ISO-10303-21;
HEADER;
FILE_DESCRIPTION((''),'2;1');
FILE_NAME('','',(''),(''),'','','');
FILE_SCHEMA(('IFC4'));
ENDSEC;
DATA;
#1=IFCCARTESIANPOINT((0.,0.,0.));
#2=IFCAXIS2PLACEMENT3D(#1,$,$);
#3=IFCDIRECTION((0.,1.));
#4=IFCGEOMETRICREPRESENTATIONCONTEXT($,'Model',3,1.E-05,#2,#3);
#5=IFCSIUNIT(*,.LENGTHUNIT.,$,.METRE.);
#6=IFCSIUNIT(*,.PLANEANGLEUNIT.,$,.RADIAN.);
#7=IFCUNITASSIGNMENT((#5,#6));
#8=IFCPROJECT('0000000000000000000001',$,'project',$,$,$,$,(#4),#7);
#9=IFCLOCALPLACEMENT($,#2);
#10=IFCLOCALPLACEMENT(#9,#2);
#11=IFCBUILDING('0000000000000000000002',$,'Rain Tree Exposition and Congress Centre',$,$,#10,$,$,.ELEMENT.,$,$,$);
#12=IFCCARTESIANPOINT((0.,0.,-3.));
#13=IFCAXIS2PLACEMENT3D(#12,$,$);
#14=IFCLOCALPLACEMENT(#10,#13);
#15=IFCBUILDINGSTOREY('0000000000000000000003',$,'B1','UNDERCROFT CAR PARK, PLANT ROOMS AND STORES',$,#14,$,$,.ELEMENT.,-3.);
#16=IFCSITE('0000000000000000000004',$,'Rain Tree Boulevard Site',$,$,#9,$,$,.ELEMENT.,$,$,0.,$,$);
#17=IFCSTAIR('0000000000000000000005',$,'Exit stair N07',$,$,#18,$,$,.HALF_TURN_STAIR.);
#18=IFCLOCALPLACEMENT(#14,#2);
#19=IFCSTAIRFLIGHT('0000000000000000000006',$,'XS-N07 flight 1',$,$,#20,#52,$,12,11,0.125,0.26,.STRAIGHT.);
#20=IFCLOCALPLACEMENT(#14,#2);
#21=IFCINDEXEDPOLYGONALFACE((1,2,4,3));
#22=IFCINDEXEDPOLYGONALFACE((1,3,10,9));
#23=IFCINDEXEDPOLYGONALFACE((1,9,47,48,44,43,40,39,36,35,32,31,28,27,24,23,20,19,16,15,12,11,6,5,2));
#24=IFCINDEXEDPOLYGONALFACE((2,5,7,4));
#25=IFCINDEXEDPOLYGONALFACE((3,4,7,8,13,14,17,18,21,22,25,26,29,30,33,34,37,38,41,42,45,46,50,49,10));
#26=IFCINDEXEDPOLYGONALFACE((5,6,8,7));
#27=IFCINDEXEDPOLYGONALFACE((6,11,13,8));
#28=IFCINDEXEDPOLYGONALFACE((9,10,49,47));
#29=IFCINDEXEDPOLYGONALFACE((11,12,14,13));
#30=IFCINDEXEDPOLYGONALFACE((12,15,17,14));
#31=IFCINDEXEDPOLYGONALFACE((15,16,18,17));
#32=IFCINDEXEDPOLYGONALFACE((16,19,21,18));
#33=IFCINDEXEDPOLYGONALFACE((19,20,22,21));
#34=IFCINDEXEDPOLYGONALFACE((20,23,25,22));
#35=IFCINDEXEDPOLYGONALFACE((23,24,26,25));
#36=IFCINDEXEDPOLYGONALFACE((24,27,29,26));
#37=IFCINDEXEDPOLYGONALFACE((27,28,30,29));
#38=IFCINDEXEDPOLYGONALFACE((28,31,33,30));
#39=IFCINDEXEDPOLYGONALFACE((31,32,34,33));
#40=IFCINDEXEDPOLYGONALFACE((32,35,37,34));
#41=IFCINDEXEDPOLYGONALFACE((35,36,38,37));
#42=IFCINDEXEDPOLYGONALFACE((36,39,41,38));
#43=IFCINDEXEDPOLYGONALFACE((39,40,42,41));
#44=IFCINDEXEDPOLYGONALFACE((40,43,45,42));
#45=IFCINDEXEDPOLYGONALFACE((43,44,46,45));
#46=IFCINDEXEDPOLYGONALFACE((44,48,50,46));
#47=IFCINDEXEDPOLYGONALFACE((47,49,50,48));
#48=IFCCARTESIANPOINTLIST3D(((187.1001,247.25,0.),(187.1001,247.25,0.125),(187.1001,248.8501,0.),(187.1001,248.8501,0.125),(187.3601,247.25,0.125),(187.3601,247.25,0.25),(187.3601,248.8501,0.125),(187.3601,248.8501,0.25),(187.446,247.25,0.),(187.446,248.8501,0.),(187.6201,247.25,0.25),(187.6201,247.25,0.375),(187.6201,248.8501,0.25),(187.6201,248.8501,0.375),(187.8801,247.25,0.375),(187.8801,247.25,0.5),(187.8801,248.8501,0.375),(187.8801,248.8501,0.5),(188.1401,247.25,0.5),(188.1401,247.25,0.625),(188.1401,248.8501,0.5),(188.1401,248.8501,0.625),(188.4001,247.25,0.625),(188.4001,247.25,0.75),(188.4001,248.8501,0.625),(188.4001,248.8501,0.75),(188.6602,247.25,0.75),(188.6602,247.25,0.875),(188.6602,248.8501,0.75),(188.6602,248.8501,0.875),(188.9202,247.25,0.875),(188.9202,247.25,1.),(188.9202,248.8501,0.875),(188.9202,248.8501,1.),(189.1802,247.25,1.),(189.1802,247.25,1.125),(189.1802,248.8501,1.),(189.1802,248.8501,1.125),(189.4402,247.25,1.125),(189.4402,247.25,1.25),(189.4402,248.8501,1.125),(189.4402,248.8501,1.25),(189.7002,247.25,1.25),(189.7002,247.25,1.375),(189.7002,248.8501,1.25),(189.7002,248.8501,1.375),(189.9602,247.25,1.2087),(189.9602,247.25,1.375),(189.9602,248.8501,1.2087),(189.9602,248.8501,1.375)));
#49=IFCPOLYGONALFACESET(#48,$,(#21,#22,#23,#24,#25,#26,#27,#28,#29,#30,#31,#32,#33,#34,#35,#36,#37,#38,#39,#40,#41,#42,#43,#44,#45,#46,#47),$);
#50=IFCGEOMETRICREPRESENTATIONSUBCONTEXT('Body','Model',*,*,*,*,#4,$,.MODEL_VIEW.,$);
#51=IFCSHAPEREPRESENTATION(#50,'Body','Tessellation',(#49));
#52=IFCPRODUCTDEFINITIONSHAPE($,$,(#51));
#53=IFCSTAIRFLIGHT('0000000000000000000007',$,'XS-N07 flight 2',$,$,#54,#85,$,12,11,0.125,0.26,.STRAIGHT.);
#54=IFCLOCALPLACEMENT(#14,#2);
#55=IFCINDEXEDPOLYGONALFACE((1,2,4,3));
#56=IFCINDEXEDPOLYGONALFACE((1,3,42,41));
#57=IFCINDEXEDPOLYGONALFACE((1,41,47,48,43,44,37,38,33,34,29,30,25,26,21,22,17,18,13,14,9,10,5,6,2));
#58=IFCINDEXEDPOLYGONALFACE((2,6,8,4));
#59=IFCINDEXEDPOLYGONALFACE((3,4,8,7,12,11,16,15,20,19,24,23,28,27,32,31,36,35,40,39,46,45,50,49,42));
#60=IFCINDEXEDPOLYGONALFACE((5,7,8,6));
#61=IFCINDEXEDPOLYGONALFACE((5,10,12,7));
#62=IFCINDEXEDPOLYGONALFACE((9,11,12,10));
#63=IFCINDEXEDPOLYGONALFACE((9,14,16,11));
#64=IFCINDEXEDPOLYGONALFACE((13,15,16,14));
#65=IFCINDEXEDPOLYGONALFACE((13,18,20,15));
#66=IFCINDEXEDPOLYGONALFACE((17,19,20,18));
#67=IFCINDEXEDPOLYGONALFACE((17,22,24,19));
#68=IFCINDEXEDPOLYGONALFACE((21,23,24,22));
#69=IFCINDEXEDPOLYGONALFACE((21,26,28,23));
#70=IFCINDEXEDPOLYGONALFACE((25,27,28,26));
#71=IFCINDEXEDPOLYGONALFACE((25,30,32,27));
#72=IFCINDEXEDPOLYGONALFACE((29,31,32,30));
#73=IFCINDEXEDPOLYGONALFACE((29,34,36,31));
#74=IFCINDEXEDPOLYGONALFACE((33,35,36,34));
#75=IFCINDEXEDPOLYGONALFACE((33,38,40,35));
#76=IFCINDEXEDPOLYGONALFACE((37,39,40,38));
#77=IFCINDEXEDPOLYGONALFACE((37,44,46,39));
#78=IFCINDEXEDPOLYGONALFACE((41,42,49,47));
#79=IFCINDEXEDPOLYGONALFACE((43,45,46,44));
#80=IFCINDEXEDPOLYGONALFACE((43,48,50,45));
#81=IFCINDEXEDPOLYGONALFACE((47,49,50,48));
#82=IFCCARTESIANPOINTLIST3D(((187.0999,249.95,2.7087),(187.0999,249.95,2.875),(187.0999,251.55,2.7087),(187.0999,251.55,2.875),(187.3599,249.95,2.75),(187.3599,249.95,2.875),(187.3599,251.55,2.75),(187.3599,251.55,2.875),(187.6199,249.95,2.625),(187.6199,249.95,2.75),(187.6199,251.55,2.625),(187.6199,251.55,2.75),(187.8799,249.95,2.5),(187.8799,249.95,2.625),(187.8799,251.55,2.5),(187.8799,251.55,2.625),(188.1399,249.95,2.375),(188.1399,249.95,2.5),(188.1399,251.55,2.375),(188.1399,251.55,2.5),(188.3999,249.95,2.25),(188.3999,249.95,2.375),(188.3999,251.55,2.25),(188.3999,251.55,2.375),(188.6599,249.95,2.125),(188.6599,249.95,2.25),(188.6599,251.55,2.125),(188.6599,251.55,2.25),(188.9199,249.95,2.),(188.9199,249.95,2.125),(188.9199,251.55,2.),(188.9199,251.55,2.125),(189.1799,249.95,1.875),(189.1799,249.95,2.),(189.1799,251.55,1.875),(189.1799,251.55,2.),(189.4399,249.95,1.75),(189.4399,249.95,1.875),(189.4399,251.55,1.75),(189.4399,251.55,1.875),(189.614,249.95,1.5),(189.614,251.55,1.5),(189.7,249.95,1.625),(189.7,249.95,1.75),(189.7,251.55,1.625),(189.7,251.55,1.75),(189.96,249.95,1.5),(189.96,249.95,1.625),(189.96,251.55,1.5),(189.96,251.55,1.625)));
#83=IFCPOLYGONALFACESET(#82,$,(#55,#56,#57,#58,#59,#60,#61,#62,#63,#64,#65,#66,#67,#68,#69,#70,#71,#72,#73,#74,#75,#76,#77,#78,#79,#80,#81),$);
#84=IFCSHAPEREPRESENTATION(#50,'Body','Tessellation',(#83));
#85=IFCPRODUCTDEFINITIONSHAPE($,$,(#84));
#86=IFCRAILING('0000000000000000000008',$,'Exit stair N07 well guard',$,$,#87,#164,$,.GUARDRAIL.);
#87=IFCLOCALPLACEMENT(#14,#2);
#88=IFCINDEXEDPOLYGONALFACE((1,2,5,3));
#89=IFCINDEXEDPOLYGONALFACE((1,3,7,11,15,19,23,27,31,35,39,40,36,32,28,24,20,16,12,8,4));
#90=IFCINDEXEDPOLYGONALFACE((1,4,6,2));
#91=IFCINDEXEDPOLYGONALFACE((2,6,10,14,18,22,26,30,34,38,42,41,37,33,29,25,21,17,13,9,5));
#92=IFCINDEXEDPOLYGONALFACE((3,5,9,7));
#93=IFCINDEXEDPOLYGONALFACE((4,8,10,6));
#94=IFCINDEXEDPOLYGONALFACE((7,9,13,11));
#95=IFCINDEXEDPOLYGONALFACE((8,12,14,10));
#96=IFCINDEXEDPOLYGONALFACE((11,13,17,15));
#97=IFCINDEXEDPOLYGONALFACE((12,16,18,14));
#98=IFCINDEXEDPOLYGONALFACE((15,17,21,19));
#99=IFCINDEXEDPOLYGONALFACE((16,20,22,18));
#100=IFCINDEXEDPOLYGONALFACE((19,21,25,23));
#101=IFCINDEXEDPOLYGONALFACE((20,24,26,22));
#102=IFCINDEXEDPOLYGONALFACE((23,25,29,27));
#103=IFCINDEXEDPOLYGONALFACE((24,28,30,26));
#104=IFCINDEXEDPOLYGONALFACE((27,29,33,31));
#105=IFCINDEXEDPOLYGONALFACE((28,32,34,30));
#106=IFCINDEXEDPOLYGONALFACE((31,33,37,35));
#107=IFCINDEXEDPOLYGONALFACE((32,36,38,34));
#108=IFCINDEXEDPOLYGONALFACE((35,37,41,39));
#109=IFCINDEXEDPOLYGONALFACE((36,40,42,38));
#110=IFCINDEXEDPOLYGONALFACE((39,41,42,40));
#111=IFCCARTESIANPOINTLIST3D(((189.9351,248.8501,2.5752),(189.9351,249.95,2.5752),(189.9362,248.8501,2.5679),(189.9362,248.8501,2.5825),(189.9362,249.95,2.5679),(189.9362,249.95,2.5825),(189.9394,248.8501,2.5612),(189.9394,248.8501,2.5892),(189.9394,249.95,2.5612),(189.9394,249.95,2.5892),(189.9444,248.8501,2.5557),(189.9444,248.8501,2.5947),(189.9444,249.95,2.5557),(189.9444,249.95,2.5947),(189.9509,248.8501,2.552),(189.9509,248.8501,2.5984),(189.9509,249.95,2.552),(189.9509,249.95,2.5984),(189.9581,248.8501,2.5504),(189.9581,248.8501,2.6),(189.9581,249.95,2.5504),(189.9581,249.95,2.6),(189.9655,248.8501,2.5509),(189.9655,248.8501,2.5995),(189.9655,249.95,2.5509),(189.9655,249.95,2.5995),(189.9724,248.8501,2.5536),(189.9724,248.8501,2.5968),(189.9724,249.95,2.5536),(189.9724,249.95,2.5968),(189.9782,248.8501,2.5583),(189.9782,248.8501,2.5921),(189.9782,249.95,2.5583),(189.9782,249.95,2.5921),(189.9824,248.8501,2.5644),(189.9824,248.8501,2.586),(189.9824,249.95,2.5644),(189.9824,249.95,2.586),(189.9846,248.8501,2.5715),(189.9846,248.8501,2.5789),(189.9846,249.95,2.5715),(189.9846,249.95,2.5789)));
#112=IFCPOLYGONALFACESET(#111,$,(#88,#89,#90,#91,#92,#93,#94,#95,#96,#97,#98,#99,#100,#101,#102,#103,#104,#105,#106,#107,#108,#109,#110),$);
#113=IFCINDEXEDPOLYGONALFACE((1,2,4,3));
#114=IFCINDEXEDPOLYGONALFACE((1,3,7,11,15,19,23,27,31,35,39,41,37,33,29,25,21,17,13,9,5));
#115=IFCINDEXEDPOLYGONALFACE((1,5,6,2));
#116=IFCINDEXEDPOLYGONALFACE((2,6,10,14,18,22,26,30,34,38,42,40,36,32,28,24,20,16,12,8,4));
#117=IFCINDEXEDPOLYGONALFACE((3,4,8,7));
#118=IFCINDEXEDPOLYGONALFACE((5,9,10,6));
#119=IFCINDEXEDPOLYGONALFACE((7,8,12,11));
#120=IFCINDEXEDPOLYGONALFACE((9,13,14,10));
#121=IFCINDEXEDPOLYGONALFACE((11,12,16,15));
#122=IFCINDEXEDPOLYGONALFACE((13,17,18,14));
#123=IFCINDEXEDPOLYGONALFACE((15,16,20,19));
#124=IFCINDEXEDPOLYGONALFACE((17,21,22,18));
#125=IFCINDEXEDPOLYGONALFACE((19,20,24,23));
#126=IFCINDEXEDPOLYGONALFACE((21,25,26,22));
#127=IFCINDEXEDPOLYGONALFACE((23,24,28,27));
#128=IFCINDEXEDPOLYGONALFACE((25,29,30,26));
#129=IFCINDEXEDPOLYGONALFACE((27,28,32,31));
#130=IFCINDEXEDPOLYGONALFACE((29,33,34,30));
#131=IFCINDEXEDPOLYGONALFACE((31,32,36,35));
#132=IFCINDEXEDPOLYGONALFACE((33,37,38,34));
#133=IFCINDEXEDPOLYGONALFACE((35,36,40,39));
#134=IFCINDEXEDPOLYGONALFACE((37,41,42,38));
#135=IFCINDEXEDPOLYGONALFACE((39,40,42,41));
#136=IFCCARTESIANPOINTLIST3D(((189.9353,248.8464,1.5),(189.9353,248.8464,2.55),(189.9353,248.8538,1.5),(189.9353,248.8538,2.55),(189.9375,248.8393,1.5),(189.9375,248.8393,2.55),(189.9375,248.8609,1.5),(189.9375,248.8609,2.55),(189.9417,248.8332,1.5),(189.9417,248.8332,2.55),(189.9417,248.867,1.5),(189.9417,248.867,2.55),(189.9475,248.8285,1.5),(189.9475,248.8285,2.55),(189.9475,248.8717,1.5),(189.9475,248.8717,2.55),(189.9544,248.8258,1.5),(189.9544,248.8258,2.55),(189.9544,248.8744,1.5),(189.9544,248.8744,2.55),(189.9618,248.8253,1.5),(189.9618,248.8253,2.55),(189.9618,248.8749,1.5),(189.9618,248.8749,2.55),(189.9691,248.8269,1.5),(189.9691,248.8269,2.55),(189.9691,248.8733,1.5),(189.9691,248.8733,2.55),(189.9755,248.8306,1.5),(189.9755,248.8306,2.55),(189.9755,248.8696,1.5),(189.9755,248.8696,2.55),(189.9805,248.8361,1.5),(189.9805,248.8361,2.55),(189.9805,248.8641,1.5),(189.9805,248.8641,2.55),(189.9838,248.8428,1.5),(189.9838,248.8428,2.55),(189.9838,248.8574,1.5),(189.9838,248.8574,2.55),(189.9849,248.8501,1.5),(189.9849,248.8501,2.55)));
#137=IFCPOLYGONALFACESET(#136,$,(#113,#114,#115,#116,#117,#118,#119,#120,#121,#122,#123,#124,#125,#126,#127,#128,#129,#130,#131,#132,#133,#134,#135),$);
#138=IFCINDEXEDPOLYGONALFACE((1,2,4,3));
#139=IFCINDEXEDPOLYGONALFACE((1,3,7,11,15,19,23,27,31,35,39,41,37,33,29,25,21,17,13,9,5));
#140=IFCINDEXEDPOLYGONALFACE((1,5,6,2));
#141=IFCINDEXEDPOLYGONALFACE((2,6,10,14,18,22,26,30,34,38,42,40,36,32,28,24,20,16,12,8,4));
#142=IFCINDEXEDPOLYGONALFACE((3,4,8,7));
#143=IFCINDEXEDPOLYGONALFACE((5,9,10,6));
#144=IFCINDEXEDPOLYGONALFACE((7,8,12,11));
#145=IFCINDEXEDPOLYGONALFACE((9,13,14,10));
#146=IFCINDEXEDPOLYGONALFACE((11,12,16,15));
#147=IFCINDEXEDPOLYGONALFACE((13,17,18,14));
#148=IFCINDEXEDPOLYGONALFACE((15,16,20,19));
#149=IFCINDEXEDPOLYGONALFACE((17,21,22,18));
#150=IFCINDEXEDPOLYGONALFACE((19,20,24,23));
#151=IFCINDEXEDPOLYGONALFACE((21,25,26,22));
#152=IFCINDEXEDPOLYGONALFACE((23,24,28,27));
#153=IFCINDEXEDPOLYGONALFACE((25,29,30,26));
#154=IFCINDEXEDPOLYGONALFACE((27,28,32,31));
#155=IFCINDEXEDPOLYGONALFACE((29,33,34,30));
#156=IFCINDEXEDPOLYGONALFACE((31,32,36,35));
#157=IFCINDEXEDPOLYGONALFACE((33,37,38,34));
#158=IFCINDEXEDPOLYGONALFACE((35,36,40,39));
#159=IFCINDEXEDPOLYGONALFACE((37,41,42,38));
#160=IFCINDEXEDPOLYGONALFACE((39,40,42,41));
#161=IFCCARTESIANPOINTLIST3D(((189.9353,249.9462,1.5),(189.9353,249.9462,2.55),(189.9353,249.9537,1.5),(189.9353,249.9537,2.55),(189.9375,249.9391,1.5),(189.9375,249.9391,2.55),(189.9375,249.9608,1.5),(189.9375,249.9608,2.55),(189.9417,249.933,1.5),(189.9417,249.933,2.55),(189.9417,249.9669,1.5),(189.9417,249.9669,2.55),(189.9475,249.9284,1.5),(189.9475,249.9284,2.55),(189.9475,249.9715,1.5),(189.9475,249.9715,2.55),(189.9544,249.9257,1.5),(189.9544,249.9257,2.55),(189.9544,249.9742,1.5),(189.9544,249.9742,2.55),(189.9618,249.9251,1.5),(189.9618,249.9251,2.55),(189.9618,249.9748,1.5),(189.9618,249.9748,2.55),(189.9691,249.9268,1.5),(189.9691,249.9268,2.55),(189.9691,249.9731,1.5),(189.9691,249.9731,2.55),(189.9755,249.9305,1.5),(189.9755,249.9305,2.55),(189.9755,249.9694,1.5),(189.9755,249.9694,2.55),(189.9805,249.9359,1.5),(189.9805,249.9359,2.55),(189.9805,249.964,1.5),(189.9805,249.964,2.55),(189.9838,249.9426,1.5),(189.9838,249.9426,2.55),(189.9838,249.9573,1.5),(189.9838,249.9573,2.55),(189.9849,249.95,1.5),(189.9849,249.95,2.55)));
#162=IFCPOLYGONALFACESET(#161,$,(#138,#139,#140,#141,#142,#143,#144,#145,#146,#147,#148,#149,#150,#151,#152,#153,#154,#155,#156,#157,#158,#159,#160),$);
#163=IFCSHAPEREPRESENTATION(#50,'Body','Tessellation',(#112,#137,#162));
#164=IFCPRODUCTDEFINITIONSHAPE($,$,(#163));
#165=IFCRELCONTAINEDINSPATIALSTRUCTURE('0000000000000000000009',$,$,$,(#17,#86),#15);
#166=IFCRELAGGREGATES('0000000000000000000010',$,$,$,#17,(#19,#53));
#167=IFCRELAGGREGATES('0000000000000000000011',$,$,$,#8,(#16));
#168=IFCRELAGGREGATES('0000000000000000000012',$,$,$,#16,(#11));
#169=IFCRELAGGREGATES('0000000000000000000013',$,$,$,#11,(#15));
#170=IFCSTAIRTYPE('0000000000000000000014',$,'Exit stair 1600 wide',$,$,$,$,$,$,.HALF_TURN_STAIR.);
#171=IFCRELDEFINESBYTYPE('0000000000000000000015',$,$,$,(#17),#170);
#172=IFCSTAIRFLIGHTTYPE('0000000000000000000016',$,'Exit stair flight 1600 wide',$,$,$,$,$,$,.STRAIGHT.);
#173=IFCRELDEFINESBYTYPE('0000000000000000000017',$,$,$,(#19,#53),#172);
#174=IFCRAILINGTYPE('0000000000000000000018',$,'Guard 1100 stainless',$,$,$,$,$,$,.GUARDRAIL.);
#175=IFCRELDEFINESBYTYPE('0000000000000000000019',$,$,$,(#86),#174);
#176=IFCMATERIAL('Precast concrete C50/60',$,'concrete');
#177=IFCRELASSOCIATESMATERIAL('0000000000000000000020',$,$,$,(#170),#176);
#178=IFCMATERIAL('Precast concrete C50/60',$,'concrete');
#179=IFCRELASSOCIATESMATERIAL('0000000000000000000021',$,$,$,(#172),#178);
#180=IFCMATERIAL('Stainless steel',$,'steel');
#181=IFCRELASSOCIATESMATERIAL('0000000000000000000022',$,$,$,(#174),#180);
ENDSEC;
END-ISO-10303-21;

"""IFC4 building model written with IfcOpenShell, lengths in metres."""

from ifc_helpers import new_model, si_unit, direction, frame, origin, origin_2d, place, context, subcontext, project, spatial, polyline, circle, outline, extrude, material, type_object, element, aggregate, save


model = new_model("IFC4")

# Units and contexts
model_context = context("Model", 3, precision=1e-05, world=origin(), true_north=direction((0.0, 1.0)))
body_context = subcontext(model_context, "Body", "Model", "MODEL_VIEW")
ifc_project = project(units=[si_unit("LENGTHUNIT", "METRE"), si_unit("PLANEANGLEUNIT", "RADIAN")], contexts=[model_context])

# Site, building, storey
site_placement = place(None, origin())
site = spatial("IfcSite", under=ifc_project, at=site_placement, Name="Rain Tree Boulevard Site", CompositionType="ELEMENT", RefElevation=0.0)
building_placement = place(site_placement, origin())
building = spatial("IfcBuilding", under=site, at=building_placement, Name="Rain Tree Exposition and Congress Centre", CompositionType="ELEMENT")
storey_placement = place(building_placement, frame((0.0, 0.0, -3.0)))
storey = spatial("IfcBuildingStorey", under=building, at=storey_placement, Name="B1", Description="UNDERCROFT CAR PARK, PLANT ROOMS AND STORES", CompositionType="ELEMENT", Elevation=-3.0)

# Stair, stair flights
ifc_material_1 = material(Name="Precast concrete C50/60", Category="concrete")
stair_type = type_object("IfcStairType", Name="Exit stair 1600 wide", PredefinedType="HALF_TURN_STAIR", material=ifc_material_1)
stair_placement = place(storey_placement, origin())
stair = element("IfcStair", 1, at=stair_placement, inside=storey, type_object=stair_type, Name="Exit stair N07", PredefinedType="HALF_TURN_STAIR")
ifc_material_2 = material(Name="Precast concrete C50/60", Category="concrete")
stair_flight_type = type_object("IfcStairFlightType", Name="Exit stair flight 1600 wide", PredefinedType="STRAIGHT", material=ifc_material_2)
stair_flight_1_placement = place(storey_placement, frame((187.1001, 248.05, 0.0), z_axis=(0.0, 0.0, 1.0), x_axis=(1.0, 0.0, 0.0)))
stair_flight_1 = element("IfcStairFlight", 2, at=stair_flight_1_placement, type_object=stair_flight_type, Name="XS-N07 flight 1", NumberOfRisers=12, NumberOfTreads=11, PredefinedType="STRAIGHT", RiserHeight=0.125, TreadLength=0.26, context=body_context, shape_type="SweptSolid", body=[
    extrude(outline(polyline([(0.0, 0.0), (0.0, 0.125), (0.26, 0.125), (0.26, 0.25), (0.52, 0.25), (0.52, 0.375), (0.78, 0.375), (0.78, 0.5), (1.04, 0.5), (1.04, 0.625), (1.3, 0.625), (1.3, 0.75), (1.5601, 0.75), (1.5601, 0.875), (1.8201, 0.875), (1.8201, 1.0), (2.0801, 1.0), (2.0801, 1.125), (2.3401, 1.125), (2.3401, 1.25), (2.6001, 1.25), (2.6001, 1.375), (2.8601, 1.375), (2.8601, 1.5), (2.8601, 1.2087), (0.3459, 0.0), (0.0, 0.0)])), frame((0.0, 0.8, 0.0), z_axis=(0.0, -1.0, 0.0), x_axis=(1.0, 0.0, 0.0)), (0.0, 0.0, 1.0), 1.6001),
])
stair_flight_2_placement = place(storey_placement, frame((189.96, 250.75, 1.5), z_axis=(0.0, 0.0, 1.0), x_axis=(-1.0, 0.0, 0.0)))
stair_flight_2 = element("IfcStairFlight", 3, at=stair_flight_2_placement, type_object=stair_flight_type, Name="XS-N07 flight 2", NumberOfRisers=12, NumberOfTreads=11, PredefinedType="STRAIGHT", RiserHeight=0.125, TreadLength=0.26, context=body_context, shape_type="SweptSolid", body=[
    extrude(outline(polyline([(0.0, 0.0), (0.0, 0.125), (0.26, 0.125), (0.26, 0.25), (0.52, 0.25), (0.52, 0.375), (0.78, 0.375), (0.78, 0.5), (1.04, 0.5), (1.04, 0.625), (1.3, 0.625), (1.3, 0.75), (1.5601, 0.75), (1.5601, 0.875), (1.8201, 0.875), (1.8201, 1.0), (2.0801, 1.0), (2.0801, 1.125), (2.3401, 1.125), (2.3401, 1.25), (2.6001, 1.25), (2.6001, 1.375), (2.8601, 1.375), (2.8601, 1.5), (2.8601, 1.2087), (0.3459, 0.0), (0.0, 0.0)])), frame((0.0, 0.8, 0.0), z_axis=(0.0, -1.0, 0.0), x_axis=(1.0, 0.0, 0.0)), (0.0, 0.0, 1.0), 1.6001),
])
aggregate(stair, [stair_flight_1, stair_flight_2])

# Railing
ifc_material_3 = material(Name="Stainless steel", Category="steel")
railing_type = type_object("IfcRailingType", Name="Guard 1100 stainless", PredefinedType="GUARDRAIL", material=ifc_material_3)
railing_placement = place(storey_placement, frame((189.96, 248.8501, 1.5)))
element("IfcRailing", 4, at=railing_placement, inside=storey, type_object=railing_type, Name="Exit stair N07 well guard", PredefinedType="GUARDRAIL", context=body_context, shape_type="SweptSolid", body=[
    extrude(circle(Radius=0.0249, at=origin_2d()), frame((0.0, 0.0, 1.0752), z_axis=(0.0, 1.0, 0.0), x_axis=(-1.0, 0.0, 0.0)), (0.0, 0.0, 1.0), 1.0999),
    extrude(circle(Radius=0.0249, at=origin_2d()), origin(), (0.0, 0.0, 1.0), 1.05),
    extrude(circle(Radius=0.0249, at=origin_2d()), frame((0.0, 1.0999, 0.0)), (0.0, 0.0, 1.0), 1.05),
])

save(model, "model.ifc")
